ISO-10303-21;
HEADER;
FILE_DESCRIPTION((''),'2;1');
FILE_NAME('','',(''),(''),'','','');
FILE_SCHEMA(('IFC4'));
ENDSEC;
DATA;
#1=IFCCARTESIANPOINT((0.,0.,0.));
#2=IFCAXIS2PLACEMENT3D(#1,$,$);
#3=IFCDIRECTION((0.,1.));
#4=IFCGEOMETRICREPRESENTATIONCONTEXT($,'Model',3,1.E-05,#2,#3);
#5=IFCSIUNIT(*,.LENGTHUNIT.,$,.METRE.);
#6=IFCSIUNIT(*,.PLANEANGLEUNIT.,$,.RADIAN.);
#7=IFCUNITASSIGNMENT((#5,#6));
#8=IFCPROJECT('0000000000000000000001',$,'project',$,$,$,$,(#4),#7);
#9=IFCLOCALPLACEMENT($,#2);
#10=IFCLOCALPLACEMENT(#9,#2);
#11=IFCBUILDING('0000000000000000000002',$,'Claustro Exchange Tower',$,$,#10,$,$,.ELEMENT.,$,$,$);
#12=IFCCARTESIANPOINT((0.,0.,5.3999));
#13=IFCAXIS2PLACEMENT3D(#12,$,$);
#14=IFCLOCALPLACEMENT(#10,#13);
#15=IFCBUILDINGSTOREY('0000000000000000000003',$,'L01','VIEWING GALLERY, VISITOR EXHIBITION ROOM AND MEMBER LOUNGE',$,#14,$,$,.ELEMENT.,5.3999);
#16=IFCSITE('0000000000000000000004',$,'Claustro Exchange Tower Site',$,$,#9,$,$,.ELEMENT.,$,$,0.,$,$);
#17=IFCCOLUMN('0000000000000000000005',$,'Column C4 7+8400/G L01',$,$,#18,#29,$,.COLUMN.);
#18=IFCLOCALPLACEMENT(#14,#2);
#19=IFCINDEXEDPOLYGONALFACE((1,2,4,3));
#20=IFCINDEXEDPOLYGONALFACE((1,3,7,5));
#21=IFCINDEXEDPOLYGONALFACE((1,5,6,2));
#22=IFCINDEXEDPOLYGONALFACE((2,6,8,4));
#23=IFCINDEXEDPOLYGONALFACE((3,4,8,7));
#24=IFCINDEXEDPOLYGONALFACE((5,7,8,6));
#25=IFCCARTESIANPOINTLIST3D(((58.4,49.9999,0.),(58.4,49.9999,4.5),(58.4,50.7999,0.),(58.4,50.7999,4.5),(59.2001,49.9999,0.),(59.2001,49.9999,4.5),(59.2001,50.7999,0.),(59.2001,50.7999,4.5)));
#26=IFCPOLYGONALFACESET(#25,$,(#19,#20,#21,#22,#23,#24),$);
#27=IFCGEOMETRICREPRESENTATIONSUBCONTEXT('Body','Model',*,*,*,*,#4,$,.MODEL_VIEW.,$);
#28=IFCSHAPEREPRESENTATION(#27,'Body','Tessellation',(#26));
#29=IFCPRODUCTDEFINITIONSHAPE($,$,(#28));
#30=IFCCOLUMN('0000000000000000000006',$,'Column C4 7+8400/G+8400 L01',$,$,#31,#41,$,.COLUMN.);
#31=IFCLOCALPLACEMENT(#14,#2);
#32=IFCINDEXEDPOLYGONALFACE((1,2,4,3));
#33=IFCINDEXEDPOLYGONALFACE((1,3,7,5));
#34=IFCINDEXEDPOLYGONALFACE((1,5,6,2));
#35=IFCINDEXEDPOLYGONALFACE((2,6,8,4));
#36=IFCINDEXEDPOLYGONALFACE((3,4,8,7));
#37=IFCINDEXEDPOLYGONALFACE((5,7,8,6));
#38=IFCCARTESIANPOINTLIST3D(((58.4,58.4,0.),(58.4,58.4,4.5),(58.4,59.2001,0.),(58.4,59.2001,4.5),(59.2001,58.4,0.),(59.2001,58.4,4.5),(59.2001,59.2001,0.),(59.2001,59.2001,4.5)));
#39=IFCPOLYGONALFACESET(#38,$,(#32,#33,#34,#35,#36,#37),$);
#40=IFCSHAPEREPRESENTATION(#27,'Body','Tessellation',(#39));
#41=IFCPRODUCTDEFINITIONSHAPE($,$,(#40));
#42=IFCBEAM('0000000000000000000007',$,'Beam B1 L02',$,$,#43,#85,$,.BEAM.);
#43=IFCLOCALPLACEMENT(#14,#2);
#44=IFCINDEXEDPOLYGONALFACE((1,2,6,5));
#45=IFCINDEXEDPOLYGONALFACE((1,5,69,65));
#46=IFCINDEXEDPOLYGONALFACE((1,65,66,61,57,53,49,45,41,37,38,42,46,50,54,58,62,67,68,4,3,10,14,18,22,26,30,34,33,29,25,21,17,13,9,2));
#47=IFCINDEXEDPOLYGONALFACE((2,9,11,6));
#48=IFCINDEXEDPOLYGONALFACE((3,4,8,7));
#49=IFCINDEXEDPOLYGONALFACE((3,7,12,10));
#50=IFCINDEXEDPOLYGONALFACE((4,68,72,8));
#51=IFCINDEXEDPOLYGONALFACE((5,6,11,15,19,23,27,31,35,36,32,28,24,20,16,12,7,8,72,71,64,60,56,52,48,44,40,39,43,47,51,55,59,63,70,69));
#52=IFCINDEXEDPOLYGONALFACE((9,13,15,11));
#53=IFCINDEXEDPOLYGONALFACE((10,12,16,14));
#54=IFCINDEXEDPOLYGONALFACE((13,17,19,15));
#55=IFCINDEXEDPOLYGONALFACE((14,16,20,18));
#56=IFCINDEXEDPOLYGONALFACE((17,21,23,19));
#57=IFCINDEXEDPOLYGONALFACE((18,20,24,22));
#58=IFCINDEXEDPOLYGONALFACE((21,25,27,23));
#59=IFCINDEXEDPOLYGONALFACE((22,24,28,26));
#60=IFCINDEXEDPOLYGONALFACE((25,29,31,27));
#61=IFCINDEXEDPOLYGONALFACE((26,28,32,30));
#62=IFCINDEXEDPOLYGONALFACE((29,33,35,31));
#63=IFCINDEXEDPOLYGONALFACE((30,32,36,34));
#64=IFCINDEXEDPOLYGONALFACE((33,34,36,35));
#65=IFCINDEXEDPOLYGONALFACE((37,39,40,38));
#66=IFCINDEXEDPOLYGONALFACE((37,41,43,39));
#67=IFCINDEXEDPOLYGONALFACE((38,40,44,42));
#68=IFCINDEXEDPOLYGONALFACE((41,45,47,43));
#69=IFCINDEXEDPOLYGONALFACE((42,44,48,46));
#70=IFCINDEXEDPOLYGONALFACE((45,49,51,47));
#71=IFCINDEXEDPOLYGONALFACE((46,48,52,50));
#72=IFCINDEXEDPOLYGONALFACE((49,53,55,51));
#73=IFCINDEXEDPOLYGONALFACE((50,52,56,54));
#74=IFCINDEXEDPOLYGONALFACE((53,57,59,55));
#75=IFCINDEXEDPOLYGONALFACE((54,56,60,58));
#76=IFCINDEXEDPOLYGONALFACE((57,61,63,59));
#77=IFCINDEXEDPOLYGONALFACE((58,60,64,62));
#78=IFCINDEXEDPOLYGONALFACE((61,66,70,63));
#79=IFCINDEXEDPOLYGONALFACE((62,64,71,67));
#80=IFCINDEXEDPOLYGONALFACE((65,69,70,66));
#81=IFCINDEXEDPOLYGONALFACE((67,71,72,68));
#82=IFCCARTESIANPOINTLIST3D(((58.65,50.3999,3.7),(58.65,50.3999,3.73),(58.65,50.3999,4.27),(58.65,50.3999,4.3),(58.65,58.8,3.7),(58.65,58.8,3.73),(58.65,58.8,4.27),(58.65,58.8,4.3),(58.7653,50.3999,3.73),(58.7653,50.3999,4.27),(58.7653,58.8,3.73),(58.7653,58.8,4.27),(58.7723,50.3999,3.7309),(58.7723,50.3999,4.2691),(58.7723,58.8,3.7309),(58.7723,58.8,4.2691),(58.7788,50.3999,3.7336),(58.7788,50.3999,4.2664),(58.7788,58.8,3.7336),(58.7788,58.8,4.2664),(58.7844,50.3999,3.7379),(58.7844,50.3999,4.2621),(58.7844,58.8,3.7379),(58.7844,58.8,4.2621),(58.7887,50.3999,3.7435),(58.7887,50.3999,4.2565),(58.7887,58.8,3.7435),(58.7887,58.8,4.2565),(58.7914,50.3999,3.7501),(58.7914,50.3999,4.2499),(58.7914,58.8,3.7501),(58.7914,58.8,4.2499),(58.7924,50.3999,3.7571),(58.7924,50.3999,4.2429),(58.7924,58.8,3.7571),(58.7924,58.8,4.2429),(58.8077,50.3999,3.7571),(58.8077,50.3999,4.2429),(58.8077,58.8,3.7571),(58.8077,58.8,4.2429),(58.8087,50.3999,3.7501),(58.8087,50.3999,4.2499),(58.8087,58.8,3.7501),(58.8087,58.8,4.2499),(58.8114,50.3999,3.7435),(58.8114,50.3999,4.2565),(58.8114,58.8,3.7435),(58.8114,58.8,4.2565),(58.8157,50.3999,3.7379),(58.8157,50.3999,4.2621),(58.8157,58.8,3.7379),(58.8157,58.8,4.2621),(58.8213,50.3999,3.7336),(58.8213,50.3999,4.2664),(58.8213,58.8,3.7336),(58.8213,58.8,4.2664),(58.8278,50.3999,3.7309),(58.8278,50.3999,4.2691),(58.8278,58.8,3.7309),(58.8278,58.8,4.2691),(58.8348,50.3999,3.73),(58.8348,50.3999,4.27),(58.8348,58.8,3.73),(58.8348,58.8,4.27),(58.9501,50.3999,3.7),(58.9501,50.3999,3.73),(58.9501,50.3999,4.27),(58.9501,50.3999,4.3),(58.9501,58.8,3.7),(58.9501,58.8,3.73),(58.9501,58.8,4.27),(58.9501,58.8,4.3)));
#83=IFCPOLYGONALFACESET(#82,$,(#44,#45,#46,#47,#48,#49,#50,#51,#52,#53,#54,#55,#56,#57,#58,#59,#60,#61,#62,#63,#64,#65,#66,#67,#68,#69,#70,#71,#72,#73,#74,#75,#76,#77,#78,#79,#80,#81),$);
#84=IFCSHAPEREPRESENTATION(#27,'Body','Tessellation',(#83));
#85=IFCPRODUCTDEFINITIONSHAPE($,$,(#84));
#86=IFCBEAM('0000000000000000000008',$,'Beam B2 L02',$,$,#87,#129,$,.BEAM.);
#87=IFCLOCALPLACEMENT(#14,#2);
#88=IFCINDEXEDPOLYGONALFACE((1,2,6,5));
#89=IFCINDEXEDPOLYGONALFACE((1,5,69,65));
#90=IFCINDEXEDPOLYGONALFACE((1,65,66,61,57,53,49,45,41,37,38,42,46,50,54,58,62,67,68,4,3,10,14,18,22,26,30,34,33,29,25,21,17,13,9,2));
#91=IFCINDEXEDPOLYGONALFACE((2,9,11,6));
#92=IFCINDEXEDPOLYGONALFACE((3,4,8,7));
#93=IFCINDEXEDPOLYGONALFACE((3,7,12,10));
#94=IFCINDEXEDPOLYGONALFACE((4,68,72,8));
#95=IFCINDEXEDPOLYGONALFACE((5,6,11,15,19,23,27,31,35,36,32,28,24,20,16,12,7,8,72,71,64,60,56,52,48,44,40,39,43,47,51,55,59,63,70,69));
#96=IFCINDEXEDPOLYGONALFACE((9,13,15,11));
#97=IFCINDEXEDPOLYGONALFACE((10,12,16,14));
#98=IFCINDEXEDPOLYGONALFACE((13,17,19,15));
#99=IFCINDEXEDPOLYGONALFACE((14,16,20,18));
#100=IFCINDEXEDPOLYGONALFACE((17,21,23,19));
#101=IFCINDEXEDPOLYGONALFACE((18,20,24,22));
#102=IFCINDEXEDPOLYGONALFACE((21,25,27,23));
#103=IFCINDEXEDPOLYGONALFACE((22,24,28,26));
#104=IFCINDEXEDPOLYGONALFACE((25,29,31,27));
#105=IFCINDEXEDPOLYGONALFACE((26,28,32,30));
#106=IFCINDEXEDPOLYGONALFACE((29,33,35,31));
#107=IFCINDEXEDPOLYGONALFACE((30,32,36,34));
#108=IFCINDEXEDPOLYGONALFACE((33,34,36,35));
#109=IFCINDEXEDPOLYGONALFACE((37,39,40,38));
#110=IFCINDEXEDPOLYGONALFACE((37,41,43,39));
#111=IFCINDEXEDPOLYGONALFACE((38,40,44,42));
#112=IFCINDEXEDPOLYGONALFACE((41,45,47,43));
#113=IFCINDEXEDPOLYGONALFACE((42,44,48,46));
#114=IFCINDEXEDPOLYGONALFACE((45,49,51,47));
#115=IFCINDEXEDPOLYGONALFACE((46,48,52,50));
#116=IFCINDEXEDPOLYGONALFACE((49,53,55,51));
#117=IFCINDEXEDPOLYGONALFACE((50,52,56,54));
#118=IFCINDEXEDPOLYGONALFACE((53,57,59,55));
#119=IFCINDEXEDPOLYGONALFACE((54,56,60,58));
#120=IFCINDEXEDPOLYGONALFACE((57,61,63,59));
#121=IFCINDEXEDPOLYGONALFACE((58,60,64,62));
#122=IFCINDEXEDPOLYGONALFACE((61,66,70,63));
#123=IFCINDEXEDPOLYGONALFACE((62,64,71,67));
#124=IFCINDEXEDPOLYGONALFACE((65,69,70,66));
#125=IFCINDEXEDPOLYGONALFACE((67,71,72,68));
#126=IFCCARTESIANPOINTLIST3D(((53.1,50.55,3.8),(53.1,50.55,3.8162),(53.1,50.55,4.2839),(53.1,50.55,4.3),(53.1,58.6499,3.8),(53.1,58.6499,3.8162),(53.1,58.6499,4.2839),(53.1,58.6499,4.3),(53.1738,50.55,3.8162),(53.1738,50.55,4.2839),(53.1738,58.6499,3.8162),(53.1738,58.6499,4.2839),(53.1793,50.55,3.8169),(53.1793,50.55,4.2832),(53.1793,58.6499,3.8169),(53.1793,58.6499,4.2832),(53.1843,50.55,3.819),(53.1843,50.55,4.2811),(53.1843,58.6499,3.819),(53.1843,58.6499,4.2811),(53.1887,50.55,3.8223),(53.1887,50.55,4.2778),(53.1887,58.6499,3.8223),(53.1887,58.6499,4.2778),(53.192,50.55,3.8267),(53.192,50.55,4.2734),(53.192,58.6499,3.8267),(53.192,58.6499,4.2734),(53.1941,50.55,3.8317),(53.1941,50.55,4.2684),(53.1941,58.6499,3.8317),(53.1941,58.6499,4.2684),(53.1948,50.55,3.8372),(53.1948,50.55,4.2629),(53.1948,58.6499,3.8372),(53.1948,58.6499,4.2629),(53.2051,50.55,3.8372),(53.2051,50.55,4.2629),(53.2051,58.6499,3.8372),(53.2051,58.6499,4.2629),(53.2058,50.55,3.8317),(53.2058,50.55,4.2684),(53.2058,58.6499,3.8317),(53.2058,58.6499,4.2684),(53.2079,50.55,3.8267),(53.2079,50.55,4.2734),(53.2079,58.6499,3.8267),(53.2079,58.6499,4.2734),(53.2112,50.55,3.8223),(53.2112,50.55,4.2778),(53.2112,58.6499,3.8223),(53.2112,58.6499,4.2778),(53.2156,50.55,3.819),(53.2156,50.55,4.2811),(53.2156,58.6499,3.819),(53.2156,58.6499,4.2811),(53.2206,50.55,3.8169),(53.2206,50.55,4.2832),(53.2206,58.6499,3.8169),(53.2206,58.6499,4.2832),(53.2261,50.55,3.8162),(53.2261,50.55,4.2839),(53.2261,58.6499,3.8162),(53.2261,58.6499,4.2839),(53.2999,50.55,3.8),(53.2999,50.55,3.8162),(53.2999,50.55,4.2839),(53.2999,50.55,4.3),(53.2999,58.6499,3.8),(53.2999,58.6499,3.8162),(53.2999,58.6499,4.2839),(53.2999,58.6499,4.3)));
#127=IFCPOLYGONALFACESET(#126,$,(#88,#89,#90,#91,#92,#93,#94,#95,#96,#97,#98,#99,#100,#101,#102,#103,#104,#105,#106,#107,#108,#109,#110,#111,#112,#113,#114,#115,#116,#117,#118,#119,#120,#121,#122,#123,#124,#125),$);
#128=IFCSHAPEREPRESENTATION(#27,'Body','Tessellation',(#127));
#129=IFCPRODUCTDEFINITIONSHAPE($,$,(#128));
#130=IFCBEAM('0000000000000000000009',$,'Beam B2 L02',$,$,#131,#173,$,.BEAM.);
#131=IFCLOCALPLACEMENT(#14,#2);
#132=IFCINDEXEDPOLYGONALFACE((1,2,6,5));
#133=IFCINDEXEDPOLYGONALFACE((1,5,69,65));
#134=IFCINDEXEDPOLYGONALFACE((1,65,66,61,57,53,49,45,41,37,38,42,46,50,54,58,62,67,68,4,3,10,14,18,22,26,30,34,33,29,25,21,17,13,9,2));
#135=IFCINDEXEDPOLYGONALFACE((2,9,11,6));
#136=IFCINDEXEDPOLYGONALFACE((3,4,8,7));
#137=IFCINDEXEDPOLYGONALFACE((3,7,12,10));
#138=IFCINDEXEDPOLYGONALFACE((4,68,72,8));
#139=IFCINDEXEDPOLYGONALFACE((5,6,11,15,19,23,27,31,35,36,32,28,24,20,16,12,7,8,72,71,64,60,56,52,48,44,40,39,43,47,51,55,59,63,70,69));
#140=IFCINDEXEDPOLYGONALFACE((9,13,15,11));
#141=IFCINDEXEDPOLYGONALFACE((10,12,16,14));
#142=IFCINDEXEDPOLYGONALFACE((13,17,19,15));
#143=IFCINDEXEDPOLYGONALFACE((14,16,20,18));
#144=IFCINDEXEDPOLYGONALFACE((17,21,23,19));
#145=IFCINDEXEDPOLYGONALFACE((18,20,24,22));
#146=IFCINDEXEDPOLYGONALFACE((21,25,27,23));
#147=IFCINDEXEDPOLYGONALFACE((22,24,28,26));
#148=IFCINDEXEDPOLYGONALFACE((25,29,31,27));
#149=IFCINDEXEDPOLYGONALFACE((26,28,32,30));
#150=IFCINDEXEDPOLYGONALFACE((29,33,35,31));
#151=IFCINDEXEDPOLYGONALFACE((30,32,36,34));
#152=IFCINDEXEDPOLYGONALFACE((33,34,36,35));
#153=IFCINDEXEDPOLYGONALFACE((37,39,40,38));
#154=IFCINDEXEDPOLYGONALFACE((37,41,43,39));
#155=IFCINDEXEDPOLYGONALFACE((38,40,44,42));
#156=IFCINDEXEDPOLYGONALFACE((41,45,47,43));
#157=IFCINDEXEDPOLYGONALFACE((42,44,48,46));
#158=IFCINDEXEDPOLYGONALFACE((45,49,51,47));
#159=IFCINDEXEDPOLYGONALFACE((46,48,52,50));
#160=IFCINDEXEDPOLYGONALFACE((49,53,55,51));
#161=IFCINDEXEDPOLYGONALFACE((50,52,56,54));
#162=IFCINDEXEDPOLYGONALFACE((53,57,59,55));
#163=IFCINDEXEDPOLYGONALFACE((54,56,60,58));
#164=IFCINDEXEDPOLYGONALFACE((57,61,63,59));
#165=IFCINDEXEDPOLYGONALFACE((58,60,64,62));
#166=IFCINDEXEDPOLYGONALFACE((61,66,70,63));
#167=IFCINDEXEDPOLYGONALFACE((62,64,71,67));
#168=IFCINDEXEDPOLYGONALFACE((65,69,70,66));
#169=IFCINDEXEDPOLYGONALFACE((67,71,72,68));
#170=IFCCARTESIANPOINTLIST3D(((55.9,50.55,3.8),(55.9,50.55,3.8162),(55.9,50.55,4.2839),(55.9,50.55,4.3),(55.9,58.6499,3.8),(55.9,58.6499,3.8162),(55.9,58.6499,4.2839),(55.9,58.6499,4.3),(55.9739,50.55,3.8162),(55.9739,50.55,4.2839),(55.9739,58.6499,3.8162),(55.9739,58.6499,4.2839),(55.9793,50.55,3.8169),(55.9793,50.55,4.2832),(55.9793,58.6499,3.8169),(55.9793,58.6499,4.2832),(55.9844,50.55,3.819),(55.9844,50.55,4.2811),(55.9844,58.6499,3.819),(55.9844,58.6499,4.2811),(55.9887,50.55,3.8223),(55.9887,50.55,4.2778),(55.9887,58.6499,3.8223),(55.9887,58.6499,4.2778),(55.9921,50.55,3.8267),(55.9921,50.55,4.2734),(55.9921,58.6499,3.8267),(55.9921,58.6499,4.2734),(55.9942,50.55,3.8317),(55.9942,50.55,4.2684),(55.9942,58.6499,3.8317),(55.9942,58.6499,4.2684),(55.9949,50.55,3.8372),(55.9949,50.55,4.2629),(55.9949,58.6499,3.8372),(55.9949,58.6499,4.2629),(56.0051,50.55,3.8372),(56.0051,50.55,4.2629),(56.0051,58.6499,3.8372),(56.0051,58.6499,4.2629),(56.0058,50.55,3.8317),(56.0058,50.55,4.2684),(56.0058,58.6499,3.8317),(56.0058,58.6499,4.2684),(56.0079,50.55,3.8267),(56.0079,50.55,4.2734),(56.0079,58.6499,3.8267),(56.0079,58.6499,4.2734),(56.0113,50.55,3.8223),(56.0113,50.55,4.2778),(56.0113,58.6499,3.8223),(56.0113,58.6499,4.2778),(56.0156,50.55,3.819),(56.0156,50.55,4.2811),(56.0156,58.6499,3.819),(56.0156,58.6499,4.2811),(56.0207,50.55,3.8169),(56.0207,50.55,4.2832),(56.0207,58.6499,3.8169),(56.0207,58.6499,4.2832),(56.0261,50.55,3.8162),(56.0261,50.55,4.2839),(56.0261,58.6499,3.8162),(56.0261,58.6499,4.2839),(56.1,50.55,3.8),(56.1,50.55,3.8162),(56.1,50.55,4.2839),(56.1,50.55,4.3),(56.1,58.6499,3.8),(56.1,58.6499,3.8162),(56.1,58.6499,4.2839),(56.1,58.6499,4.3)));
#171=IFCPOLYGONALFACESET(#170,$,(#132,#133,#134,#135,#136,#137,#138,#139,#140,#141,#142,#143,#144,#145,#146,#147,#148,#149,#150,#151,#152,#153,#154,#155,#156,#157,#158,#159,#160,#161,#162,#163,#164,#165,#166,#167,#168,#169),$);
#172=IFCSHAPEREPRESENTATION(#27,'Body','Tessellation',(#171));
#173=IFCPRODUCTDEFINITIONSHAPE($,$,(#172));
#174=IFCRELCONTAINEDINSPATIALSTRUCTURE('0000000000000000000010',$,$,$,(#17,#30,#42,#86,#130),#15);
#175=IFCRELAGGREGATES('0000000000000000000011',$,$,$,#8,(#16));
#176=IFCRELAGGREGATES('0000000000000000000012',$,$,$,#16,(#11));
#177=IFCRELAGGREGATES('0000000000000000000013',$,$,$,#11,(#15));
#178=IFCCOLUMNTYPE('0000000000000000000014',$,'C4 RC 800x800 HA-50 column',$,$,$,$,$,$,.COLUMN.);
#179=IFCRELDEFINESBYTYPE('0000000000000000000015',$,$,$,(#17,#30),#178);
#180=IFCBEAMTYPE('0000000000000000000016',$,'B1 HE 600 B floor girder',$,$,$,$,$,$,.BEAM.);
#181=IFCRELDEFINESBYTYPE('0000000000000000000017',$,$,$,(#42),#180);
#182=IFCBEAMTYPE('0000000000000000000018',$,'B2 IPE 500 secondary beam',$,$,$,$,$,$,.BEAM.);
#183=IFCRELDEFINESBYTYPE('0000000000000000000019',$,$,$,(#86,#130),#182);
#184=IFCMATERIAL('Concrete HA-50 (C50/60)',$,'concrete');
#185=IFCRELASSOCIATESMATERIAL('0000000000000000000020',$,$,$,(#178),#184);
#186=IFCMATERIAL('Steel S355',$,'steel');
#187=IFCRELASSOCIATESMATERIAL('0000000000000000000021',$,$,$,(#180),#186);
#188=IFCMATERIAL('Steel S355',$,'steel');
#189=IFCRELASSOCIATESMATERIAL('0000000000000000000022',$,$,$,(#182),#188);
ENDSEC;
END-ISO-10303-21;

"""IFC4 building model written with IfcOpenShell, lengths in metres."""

from ifc_helpers import new_model, si_unit, direction, frame, origin, origin_2d, place, context, subcontext, project, spatial, rectangle, i_section, extrude, material, material_profile, profile_set, type_object, element, save


model = new_model("IFC4")

# Units and contexts
model_context = context("Model", 3, precision=1e-05, world=origin(), true_north=direction((0.0, 1.0)))
body_context = subcontext(model_context, "Body", "Model", "MODEL_VIEW")
ifc_project = project(units=[si_unit("LENGTHUNIT", "METRE"), si_unit("PLANEANGLEUNIT", "RADIAN")], contexts=[model_context])

# Site, building, storey
site_placement = place(None, origin())
site = spatial("IfcSite", under=ifc_project, at=site_placement, Name="Claustro Exchange Tower Site", CompositionType="ELEMENT", RefElevation=0.0)
building_placement = place(site_placement, origin())
building = spatial("IfcBuilding", under=site, at=building_placement, Name="Claustro Exchange Tower", CompositionType="ELEMENT")
storey_placement = place(building_placement, frame((0.0, 0.0, 5.3999)))
storey = spatial("IfcBuildingStorey", under=building, at=storey_placement, Name="L01", Description="VIEWING GALLERY, VISITOR EXHIBITION ROOM AND MEMBER LOUNGE", CompositionType="ELEMENT", Elevation=5.3999)

# Columns
ifc_material_1 = material(Name="Concrete HA-50 (C50/60)", Category="concrete")
ifc_material_profile_1 = material_profile(ifc_material_1, rectangle(XDim=0.8, YDim=0.8, at=origin_2d()), Name="RC 800x800")
ifc_profile_set_1 = profile_set([ifc_material_profile_1], Name="Concrete HA-50 (C50/60)")
column_type = type_object("IfcColumnType", Name="C4 RC 800x800 HA-50 column", PredefinedType="COLUMN", material=ifc_profile_set_1)
for number, where, z_axis, x_axis, name in (
    (1, (58.8, 50.3999, 0.0), (0.0, 0.0, 1.0), (1.0, 0.0, 0.0), "Column C4 7+8400/G L01"),
    (2, (58.8, 58.8, 0.0), (0.0, 0.0, 1.0), (1.0, 0.0, 0.0), "Column C4 7+8400/G+8400 L01"),
):
    element("IfcColumn", number, at=place(storey_placement, frame(where, z_axis=z_axis, x_axis=x_axis)), inside=storey, type_object=column_type, Name=name, PredefinedType="COLUMN", context=body_context, shape_type="SweptSolid", body=[
        extrude(rectangle(XDim=0.8, YDim=0.8, at=origin_2d()), origin(), (0.0, 0.0, 1.0), 4.5),
    ])

# Beams
ifc_material_2 = material(Name="Steel S355", Category="steel")
ifc_material_profile_2 = material_profile(ifc_material_2, i_section(OverallWidth=0.3, OverallDepth=0.6001, WebThickness=0.0154, FlangeThickness=0.03, FilletRadius=0.0271, at=origin_2d()), Name="HE 600 B")
ifc_profile_set_2 = profile_set([ifc_material_profile_2], Name="Steel S355")
beam_type_1 = type_object("IfcBeamType", Name="B1 HE 600 B floor girder", PredefinedType="BEAM", material=ifc_profile_set_2)
beam_placement = place(storey_placement, frame((58.8, 50.3999, 4.0), z_axis=(0.0, 1.0, 0.0), x_axis=(-1.0, 0.0, 0.0)))
element("IfcBeam", 3, at=beam_placement, inside=storey, type_object=beam_type_1, Name="Beam B1 L02", PredefinedType="BEAM", context=body_context, shape_type="SweptSolid", body=[
    extrude(i_section(OverallWidth=0.3, OverallDepth=0.6001, WebThickness=0.0154, FlangeThickness=0.03, FilletRadius=0.0271, at=origin_2d()), origin(), (0.0, 0.0, 1.0), 8.4001),
])
ifc_material_3 = material(Name="Steel S355", Category="steel")
ifc_material_profile_3 = material_profile(ifc_material_3, i_section(OverallWidth=0.2, OverallDepth=0.5, WebThickness=0.0103, FlangeThickness=0.0161, FilletRadius=0.021, at=origin_2d()), Name="IPE 500")
ifc_profile_set_3 = profile_set([ifc_material_profile_3], Name="Steel S355")
beam_type_2 = type_object("IfcBeamType", Name="B2 IPE 500 secondary beam", PredefinedType="BEAM", material=ifc_profile_set_3)
for number, where, z_axis, x_axis, name in (
    (4, (53.2, 50.55, 4.05), (0.0, 1.0, 0.0), (-1.0, 0.0, 0.0), "Beam B2 L02"),
    (5, (56.0, 50.55, 4.05), (0.0, 1.0, 0.0), (-1.0, 0.0, 0.0), "Beam B2 L02"),
):
    element("IfcBeam", number, at=place(storey_placement, frame(where, z_axis=z_axis, x_axis=x_axis)), inside=storey, type_object=beam_type_2, Name=name, PredefinedType="BEAM", context=body_context, shape_type="SweptSolid", body=[
        extrude(i_section(OverallWidth=0.2, OverallDepth=0.5, WebThickness=0.0103, FlangeThickness=0.0161, FilletRadius=0.021, at=origin_2d()), origin(), (0.0, 0.0, 1.0), 8.0999),
    ])

save(model, "model.ifc")
